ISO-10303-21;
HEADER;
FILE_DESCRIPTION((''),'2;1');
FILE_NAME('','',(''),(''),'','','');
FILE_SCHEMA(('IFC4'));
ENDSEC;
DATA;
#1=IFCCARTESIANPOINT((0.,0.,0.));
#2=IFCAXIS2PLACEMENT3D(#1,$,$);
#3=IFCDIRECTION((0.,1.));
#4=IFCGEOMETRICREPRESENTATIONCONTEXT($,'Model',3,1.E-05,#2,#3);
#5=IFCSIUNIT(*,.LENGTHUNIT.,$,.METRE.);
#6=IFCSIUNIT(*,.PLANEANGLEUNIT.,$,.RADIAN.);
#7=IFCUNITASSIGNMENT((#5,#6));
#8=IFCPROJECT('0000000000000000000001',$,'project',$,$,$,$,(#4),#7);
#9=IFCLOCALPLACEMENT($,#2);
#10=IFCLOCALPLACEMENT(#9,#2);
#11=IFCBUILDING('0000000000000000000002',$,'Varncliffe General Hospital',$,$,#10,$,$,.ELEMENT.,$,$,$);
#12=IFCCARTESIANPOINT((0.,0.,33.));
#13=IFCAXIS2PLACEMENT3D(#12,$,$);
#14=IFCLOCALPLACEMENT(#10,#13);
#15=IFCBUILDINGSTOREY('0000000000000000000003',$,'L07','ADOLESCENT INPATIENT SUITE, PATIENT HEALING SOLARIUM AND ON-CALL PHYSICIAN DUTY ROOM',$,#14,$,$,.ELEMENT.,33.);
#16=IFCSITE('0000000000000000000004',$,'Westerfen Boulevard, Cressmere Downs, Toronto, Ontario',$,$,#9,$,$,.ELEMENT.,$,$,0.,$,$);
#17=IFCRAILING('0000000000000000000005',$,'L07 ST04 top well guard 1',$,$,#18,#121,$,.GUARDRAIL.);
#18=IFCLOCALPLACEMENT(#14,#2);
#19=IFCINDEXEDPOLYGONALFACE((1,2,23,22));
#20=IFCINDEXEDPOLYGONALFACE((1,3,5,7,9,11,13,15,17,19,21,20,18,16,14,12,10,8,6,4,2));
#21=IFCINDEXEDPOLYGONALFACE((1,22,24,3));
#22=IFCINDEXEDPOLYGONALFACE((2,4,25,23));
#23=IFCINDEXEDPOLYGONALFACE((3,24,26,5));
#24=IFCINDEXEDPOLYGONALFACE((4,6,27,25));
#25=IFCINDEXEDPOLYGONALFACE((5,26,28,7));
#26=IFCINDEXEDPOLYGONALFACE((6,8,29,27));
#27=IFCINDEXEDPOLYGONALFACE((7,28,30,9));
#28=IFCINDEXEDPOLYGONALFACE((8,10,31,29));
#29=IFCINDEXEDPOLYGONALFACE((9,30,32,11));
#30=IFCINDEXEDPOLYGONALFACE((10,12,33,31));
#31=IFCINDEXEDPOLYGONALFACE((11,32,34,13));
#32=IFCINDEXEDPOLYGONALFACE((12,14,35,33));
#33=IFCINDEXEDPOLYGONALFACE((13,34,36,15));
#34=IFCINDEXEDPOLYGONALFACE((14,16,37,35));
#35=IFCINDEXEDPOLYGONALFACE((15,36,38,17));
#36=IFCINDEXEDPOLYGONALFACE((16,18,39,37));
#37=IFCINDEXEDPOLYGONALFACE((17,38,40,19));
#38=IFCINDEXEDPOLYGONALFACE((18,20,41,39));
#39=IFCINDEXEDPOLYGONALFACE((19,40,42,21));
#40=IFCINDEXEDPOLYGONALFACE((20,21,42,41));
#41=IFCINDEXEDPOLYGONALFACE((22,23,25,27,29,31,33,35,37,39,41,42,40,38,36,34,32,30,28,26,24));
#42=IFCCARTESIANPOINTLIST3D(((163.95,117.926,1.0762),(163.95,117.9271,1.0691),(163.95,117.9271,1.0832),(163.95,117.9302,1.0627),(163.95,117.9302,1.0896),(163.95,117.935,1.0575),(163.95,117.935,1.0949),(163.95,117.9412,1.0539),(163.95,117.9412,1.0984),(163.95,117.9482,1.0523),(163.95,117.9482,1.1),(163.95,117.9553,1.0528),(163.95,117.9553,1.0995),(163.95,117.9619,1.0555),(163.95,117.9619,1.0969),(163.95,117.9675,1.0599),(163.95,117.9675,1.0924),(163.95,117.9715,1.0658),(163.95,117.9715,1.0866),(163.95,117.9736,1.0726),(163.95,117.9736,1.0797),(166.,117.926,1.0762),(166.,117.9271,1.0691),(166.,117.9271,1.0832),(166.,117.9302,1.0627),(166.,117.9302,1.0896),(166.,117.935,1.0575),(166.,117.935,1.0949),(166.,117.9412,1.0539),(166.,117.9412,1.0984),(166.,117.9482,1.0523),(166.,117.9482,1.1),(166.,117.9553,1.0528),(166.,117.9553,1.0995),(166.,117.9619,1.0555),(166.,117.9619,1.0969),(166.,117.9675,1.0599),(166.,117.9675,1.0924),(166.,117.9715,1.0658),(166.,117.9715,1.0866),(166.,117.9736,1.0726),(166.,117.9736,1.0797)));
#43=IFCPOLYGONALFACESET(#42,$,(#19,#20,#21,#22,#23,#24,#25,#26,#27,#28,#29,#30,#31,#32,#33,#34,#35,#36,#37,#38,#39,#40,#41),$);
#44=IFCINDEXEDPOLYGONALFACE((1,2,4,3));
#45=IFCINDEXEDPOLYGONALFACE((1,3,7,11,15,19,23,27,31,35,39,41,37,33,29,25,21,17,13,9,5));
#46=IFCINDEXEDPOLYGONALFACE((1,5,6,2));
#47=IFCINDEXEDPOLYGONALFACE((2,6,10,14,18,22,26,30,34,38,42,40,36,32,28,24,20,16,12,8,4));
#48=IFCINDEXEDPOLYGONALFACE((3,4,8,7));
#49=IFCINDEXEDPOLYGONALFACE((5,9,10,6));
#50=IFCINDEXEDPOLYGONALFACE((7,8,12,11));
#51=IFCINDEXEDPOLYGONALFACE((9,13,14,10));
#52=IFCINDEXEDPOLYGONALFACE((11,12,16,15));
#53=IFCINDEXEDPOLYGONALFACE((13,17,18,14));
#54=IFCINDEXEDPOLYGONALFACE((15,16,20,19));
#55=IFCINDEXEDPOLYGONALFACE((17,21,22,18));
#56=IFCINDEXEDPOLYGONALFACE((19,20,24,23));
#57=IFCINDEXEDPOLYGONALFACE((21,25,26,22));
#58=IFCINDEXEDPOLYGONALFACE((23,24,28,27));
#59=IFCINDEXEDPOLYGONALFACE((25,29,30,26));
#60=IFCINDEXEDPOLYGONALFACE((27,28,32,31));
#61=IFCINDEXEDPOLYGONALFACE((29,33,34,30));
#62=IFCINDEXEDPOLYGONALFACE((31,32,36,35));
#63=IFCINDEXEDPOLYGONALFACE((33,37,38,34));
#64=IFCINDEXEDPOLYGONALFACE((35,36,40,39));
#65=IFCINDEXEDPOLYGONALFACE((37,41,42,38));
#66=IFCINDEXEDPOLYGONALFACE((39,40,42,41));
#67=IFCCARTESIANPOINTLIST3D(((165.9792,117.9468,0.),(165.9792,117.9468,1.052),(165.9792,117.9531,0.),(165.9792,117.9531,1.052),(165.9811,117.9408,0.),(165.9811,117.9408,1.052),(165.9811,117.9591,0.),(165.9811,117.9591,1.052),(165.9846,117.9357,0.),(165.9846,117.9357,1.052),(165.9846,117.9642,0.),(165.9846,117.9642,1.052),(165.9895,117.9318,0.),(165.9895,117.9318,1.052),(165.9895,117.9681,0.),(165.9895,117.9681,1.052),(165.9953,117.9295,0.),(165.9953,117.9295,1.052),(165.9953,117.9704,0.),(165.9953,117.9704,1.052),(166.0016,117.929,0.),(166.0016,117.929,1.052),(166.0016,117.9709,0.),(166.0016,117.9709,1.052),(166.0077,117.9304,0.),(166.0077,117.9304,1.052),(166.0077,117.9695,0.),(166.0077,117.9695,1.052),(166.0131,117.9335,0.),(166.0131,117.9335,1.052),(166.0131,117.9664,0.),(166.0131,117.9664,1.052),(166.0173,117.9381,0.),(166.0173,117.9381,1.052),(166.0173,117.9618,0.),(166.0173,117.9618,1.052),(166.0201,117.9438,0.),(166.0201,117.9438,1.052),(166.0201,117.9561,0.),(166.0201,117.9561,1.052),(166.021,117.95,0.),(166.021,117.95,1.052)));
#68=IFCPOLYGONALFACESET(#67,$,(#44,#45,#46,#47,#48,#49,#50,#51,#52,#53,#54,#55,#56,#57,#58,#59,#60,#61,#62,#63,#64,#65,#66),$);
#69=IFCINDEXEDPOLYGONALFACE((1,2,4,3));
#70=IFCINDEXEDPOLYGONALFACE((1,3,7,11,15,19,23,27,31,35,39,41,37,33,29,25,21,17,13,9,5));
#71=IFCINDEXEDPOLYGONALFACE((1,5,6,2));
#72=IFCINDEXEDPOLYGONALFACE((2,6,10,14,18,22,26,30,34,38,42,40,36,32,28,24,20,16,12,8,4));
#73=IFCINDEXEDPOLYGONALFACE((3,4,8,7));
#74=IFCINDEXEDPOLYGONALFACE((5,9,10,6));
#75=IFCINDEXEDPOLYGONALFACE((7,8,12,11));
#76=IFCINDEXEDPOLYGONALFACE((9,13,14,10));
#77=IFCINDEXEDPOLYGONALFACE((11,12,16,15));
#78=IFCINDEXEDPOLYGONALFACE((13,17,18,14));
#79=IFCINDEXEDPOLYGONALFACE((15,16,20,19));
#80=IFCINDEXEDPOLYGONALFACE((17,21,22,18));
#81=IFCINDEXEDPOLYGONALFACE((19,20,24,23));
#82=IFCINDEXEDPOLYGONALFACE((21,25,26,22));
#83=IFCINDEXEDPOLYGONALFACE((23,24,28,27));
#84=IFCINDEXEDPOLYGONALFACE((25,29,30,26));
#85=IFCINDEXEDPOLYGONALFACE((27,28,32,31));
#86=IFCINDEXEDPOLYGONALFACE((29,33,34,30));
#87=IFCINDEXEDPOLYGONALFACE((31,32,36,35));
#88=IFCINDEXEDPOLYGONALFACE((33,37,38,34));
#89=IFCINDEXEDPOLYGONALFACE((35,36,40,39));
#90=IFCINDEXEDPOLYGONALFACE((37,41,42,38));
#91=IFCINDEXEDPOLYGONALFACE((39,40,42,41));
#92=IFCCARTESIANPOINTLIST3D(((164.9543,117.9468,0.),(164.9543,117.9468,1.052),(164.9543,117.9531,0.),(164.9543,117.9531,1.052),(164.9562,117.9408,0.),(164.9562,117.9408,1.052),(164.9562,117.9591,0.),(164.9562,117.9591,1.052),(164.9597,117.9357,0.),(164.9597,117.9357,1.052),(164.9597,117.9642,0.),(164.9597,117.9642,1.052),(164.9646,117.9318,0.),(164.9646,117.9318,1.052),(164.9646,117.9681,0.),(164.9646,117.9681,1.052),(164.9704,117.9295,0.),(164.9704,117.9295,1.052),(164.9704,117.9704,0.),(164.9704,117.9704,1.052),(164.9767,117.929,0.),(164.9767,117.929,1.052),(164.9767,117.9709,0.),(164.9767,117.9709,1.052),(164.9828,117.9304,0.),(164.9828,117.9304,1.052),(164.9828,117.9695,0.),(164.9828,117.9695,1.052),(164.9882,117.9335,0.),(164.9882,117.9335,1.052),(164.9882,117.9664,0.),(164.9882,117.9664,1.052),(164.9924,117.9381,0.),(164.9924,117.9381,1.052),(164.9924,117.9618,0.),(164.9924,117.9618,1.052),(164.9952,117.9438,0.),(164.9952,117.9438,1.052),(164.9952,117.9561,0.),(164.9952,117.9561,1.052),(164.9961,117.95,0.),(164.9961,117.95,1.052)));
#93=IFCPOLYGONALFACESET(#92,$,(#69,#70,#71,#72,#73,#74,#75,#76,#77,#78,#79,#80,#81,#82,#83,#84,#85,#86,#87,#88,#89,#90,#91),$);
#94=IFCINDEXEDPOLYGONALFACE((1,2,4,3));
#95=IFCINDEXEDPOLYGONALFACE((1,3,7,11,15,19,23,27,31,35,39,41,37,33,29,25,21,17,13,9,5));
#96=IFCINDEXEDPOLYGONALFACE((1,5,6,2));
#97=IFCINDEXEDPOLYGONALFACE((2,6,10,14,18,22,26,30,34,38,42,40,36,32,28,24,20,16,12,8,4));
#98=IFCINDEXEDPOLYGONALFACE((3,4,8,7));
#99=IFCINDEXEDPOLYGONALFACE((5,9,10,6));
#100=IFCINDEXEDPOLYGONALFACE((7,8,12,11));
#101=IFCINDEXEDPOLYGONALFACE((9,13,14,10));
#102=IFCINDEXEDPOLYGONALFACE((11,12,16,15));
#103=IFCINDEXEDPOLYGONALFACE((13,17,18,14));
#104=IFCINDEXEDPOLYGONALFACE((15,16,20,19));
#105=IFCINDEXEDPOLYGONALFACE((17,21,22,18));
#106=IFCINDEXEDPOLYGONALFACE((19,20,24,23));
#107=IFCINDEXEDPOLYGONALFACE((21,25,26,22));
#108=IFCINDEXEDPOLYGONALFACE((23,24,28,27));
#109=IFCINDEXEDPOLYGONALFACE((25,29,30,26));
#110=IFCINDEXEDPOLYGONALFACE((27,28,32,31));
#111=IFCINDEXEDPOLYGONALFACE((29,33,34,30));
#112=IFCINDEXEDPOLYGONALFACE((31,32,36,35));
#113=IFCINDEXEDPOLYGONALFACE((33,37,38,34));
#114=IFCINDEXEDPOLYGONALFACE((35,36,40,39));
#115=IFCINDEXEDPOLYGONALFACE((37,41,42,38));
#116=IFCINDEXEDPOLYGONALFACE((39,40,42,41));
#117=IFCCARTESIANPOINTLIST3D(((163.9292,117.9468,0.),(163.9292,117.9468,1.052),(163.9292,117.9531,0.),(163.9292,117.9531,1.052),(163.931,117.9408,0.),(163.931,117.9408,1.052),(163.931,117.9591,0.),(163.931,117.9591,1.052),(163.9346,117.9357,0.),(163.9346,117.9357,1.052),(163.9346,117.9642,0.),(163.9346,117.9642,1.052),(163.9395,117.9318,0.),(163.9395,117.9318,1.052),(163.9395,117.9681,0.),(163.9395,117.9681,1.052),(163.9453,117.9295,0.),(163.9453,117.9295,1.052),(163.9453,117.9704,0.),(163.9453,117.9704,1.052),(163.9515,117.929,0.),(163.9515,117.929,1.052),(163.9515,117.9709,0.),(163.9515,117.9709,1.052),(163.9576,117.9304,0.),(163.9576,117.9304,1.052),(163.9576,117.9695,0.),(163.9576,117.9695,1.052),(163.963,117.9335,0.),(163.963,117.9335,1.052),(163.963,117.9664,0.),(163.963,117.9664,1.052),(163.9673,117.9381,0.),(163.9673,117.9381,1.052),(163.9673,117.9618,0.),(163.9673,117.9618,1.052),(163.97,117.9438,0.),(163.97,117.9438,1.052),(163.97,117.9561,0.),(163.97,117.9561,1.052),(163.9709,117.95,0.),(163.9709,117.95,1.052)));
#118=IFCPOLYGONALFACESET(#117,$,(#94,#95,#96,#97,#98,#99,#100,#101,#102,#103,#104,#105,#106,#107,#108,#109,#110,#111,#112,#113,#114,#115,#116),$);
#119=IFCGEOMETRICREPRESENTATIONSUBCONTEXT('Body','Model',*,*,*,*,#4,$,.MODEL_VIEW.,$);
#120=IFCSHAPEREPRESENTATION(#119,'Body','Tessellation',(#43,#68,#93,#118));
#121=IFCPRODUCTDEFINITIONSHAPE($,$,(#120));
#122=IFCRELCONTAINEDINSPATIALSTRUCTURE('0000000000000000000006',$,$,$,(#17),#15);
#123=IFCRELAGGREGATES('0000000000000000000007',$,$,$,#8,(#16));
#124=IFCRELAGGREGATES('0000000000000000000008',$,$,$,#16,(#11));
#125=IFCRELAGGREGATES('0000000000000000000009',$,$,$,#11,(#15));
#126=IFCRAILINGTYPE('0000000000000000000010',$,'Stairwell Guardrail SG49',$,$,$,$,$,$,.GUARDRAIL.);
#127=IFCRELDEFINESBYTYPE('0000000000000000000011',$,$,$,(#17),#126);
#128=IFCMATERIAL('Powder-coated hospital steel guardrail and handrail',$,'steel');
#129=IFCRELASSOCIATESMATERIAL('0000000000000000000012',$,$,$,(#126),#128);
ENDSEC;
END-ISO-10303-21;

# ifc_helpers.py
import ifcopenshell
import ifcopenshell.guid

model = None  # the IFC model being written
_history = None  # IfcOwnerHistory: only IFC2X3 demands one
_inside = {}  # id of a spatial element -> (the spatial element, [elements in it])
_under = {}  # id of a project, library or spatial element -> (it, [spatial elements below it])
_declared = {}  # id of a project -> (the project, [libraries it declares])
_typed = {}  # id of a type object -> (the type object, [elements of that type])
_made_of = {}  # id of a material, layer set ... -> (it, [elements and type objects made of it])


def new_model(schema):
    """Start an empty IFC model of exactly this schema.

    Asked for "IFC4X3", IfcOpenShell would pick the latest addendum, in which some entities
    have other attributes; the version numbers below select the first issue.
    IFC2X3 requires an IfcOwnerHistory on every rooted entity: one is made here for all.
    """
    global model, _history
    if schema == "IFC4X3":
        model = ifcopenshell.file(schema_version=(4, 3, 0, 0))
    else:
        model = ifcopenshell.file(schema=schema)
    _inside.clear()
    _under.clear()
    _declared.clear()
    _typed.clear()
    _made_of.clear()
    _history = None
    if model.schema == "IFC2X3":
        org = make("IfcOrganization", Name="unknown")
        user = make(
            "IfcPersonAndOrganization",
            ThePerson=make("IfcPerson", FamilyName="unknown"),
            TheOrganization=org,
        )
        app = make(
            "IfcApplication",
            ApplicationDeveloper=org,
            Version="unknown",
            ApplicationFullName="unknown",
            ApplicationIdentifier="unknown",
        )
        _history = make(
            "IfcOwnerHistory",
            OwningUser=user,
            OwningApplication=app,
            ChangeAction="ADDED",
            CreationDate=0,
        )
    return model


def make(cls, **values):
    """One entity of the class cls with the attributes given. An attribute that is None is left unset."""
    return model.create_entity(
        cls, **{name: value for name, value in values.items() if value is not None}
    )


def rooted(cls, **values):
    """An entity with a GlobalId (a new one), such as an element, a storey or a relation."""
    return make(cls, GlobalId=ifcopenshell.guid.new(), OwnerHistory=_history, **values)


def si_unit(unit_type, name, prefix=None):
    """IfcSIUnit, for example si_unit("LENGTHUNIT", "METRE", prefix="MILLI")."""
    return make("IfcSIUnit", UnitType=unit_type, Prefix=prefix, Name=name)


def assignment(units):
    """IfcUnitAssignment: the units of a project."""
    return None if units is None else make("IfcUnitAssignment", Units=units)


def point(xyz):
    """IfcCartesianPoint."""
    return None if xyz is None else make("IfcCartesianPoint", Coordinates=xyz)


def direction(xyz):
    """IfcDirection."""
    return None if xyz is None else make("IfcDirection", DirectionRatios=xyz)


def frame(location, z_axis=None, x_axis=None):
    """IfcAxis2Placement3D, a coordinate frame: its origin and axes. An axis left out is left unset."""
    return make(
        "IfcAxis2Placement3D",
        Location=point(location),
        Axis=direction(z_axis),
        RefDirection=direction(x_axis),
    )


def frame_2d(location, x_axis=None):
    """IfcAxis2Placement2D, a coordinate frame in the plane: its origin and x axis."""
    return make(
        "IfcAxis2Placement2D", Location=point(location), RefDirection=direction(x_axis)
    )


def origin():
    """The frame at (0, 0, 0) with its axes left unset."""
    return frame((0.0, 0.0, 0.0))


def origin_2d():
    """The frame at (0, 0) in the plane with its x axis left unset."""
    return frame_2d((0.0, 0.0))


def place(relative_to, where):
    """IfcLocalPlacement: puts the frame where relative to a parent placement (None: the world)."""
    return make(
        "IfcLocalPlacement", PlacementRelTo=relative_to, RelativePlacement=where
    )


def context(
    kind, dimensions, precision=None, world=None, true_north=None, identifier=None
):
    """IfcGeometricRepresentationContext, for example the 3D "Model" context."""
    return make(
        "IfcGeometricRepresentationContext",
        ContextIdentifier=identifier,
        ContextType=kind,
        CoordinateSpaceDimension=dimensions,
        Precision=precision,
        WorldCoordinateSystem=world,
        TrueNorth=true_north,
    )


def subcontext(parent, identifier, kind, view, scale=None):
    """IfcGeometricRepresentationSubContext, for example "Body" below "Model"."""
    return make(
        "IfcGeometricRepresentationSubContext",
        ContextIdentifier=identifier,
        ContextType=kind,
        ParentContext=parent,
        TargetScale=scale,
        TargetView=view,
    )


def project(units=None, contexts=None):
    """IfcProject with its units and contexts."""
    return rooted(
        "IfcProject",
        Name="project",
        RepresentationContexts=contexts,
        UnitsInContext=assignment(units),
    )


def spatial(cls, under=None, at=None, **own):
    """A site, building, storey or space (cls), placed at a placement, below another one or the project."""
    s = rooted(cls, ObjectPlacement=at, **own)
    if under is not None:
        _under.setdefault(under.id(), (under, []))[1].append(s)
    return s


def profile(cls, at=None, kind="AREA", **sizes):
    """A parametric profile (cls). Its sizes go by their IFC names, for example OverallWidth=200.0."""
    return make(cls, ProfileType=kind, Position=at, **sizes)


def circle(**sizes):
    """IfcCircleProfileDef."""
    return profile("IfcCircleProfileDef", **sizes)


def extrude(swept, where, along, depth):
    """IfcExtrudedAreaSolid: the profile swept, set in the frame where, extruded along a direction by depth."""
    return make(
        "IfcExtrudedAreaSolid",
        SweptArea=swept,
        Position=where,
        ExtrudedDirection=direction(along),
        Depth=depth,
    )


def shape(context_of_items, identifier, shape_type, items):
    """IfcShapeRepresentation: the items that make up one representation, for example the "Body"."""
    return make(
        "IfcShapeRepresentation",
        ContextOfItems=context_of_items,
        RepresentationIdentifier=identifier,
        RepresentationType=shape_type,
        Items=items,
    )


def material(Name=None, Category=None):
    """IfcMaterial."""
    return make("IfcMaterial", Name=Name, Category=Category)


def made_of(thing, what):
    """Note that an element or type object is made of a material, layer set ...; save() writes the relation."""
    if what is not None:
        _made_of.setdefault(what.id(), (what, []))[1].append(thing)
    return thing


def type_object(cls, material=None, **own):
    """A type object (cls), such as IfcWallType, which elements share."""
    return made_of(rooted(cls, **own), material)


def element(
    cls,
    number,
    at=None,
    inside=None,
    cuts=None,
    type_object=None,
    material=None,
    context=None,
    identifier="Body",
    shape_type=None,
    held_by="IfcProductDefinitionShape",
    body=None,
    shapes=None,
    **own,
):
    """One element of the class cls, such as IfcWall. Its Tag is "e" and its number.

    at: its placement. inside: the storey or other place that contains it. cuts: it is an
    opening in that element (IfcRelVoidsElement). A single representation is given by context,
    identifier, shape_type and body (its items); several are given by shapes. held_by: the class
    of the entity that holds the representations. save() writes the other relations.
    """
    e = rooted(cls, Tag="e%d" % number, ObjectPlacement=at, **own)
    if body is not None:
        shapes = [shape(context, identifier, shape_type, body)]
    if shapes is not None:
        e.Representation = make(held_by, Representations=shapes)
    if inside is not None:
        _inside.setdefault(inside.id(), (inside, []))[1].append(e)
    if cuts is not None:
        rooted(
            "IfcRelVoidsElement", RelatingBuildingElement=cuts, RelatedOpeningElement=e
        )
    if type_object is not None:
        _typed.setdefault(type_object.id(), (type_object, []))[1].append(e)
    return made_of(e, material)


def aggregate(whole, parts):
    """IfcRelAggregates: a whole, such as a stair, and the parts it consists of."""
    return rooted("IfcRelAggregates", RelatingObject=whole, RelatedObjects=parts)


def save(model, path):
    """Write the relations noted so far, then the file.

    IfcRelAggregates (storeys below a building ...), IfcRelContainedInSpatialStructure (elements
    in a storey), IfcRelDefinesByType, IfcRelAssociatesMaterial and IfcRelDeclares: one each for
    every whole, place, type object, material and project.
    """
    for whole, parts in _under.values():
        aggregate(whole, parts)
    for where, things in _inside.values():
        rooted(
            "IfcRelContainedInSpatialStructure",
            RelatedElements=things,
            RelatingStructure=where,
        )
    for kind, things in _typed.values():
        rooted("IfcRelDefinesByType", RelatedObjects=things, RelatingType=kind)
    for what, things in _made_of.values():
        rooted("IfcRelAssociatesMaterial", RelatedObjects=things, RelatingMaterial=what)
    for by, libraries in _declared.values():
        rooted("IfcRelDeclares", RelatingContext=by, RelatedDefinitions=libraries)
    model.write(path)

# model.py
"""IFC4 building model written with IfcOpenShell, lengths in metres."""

from ifc_helpers import new_model, si_unit, direction, frame, origin, origin_2d, place, context, subcontext, project, spatial, circle, extrude, material, type_object, element, save


model = new_model("IFC4")

# Units and contexts
model_context = context("Model", 3, precision=1e-05, world=origin(), true_north=direction((0.0, 1.0)))
body_context = subcontext(model_context, "Body", "Model", "MODEL_VIEW")
ifc_project = project(units=[si_unit("LENGTHUNIT", "METRE"), si_unit("PLANEANGLEUNIT", "RADIAN")], contexts=[model_context])

# Site, building, storey
site_placement = place(None, origin())
site = spatial("IfcSite", under=ifc_project, at=site_placement, Name="Westerfen Boulevard, Cressmere Downs, Toronto, Ontario", CompositionType="ELEMENT", RefElevation=0.0)
building_placement = place(site_placement, origin())
building = spatial("IfcBuilding", under=site, at=building_placement, Name="Varncliffe General Hospital", CompositionType="ELEMENT")
storey_placement = place(building_placement, frame((0.0, 0.0, 33.0)))
storey = spatial("IfcBuildingStorey", under=building, at=storey_placement, Name="L07", Description="ADOLESCENT INPATIENT SUITE, PATIENT HEALING SOLARIUM AND ON-CALL PHYSICIAN DUTY ROOM", CompositionType="ELEMENT", Elevation=33.0)

# Railing
ifc_material_1 = material(Name="Powder-coated hospital steel guardrail and handrail", Category="steel")
railing_type = type_object("IfcRailingType", Name="Stairwell Guardrail SG49", PredefinedType="GUARDRAIL", material=ifc_material_1)
railing_placement = place(storey_placement, frame((166.0, 117.95, 0.0)))
element("IfcRailing", 1, at=railing_placement, inside=storey, type_object=railing_type, Name="L07 ST04 top well guard 1", PredefinedType="GUARDRAIL", context=body_context, shape_type="SweptSolid", body=[
    extrude(circle(Radius=0.0239, at=origin_2d()), frame((0.0, 0.0, 1.0762), z_axis=(-1.0, 0.0, 0.0), x_axis=(0.0, -1.0, 0.0)), (0.0, 0.0, 1.0), 2.05),
    extrude(circle(Radius=0.021, at=origin_2d()), origin(), (0.0, 0.0, 1.0), 1.052),
    extrude(circle(Radius=0.021, at=origin_2d()), frame((-1.0249, 0.0, 0.0)), (0.0, 0.0, 1.0), 1.052),
    extrude(circle(Radius=0.021, at=origin_2d()), frame((-2.05, 0.0, 0.0)), (0.0, 0.0, 1.0), 1.052),
])

save(model, "model.ifc")
